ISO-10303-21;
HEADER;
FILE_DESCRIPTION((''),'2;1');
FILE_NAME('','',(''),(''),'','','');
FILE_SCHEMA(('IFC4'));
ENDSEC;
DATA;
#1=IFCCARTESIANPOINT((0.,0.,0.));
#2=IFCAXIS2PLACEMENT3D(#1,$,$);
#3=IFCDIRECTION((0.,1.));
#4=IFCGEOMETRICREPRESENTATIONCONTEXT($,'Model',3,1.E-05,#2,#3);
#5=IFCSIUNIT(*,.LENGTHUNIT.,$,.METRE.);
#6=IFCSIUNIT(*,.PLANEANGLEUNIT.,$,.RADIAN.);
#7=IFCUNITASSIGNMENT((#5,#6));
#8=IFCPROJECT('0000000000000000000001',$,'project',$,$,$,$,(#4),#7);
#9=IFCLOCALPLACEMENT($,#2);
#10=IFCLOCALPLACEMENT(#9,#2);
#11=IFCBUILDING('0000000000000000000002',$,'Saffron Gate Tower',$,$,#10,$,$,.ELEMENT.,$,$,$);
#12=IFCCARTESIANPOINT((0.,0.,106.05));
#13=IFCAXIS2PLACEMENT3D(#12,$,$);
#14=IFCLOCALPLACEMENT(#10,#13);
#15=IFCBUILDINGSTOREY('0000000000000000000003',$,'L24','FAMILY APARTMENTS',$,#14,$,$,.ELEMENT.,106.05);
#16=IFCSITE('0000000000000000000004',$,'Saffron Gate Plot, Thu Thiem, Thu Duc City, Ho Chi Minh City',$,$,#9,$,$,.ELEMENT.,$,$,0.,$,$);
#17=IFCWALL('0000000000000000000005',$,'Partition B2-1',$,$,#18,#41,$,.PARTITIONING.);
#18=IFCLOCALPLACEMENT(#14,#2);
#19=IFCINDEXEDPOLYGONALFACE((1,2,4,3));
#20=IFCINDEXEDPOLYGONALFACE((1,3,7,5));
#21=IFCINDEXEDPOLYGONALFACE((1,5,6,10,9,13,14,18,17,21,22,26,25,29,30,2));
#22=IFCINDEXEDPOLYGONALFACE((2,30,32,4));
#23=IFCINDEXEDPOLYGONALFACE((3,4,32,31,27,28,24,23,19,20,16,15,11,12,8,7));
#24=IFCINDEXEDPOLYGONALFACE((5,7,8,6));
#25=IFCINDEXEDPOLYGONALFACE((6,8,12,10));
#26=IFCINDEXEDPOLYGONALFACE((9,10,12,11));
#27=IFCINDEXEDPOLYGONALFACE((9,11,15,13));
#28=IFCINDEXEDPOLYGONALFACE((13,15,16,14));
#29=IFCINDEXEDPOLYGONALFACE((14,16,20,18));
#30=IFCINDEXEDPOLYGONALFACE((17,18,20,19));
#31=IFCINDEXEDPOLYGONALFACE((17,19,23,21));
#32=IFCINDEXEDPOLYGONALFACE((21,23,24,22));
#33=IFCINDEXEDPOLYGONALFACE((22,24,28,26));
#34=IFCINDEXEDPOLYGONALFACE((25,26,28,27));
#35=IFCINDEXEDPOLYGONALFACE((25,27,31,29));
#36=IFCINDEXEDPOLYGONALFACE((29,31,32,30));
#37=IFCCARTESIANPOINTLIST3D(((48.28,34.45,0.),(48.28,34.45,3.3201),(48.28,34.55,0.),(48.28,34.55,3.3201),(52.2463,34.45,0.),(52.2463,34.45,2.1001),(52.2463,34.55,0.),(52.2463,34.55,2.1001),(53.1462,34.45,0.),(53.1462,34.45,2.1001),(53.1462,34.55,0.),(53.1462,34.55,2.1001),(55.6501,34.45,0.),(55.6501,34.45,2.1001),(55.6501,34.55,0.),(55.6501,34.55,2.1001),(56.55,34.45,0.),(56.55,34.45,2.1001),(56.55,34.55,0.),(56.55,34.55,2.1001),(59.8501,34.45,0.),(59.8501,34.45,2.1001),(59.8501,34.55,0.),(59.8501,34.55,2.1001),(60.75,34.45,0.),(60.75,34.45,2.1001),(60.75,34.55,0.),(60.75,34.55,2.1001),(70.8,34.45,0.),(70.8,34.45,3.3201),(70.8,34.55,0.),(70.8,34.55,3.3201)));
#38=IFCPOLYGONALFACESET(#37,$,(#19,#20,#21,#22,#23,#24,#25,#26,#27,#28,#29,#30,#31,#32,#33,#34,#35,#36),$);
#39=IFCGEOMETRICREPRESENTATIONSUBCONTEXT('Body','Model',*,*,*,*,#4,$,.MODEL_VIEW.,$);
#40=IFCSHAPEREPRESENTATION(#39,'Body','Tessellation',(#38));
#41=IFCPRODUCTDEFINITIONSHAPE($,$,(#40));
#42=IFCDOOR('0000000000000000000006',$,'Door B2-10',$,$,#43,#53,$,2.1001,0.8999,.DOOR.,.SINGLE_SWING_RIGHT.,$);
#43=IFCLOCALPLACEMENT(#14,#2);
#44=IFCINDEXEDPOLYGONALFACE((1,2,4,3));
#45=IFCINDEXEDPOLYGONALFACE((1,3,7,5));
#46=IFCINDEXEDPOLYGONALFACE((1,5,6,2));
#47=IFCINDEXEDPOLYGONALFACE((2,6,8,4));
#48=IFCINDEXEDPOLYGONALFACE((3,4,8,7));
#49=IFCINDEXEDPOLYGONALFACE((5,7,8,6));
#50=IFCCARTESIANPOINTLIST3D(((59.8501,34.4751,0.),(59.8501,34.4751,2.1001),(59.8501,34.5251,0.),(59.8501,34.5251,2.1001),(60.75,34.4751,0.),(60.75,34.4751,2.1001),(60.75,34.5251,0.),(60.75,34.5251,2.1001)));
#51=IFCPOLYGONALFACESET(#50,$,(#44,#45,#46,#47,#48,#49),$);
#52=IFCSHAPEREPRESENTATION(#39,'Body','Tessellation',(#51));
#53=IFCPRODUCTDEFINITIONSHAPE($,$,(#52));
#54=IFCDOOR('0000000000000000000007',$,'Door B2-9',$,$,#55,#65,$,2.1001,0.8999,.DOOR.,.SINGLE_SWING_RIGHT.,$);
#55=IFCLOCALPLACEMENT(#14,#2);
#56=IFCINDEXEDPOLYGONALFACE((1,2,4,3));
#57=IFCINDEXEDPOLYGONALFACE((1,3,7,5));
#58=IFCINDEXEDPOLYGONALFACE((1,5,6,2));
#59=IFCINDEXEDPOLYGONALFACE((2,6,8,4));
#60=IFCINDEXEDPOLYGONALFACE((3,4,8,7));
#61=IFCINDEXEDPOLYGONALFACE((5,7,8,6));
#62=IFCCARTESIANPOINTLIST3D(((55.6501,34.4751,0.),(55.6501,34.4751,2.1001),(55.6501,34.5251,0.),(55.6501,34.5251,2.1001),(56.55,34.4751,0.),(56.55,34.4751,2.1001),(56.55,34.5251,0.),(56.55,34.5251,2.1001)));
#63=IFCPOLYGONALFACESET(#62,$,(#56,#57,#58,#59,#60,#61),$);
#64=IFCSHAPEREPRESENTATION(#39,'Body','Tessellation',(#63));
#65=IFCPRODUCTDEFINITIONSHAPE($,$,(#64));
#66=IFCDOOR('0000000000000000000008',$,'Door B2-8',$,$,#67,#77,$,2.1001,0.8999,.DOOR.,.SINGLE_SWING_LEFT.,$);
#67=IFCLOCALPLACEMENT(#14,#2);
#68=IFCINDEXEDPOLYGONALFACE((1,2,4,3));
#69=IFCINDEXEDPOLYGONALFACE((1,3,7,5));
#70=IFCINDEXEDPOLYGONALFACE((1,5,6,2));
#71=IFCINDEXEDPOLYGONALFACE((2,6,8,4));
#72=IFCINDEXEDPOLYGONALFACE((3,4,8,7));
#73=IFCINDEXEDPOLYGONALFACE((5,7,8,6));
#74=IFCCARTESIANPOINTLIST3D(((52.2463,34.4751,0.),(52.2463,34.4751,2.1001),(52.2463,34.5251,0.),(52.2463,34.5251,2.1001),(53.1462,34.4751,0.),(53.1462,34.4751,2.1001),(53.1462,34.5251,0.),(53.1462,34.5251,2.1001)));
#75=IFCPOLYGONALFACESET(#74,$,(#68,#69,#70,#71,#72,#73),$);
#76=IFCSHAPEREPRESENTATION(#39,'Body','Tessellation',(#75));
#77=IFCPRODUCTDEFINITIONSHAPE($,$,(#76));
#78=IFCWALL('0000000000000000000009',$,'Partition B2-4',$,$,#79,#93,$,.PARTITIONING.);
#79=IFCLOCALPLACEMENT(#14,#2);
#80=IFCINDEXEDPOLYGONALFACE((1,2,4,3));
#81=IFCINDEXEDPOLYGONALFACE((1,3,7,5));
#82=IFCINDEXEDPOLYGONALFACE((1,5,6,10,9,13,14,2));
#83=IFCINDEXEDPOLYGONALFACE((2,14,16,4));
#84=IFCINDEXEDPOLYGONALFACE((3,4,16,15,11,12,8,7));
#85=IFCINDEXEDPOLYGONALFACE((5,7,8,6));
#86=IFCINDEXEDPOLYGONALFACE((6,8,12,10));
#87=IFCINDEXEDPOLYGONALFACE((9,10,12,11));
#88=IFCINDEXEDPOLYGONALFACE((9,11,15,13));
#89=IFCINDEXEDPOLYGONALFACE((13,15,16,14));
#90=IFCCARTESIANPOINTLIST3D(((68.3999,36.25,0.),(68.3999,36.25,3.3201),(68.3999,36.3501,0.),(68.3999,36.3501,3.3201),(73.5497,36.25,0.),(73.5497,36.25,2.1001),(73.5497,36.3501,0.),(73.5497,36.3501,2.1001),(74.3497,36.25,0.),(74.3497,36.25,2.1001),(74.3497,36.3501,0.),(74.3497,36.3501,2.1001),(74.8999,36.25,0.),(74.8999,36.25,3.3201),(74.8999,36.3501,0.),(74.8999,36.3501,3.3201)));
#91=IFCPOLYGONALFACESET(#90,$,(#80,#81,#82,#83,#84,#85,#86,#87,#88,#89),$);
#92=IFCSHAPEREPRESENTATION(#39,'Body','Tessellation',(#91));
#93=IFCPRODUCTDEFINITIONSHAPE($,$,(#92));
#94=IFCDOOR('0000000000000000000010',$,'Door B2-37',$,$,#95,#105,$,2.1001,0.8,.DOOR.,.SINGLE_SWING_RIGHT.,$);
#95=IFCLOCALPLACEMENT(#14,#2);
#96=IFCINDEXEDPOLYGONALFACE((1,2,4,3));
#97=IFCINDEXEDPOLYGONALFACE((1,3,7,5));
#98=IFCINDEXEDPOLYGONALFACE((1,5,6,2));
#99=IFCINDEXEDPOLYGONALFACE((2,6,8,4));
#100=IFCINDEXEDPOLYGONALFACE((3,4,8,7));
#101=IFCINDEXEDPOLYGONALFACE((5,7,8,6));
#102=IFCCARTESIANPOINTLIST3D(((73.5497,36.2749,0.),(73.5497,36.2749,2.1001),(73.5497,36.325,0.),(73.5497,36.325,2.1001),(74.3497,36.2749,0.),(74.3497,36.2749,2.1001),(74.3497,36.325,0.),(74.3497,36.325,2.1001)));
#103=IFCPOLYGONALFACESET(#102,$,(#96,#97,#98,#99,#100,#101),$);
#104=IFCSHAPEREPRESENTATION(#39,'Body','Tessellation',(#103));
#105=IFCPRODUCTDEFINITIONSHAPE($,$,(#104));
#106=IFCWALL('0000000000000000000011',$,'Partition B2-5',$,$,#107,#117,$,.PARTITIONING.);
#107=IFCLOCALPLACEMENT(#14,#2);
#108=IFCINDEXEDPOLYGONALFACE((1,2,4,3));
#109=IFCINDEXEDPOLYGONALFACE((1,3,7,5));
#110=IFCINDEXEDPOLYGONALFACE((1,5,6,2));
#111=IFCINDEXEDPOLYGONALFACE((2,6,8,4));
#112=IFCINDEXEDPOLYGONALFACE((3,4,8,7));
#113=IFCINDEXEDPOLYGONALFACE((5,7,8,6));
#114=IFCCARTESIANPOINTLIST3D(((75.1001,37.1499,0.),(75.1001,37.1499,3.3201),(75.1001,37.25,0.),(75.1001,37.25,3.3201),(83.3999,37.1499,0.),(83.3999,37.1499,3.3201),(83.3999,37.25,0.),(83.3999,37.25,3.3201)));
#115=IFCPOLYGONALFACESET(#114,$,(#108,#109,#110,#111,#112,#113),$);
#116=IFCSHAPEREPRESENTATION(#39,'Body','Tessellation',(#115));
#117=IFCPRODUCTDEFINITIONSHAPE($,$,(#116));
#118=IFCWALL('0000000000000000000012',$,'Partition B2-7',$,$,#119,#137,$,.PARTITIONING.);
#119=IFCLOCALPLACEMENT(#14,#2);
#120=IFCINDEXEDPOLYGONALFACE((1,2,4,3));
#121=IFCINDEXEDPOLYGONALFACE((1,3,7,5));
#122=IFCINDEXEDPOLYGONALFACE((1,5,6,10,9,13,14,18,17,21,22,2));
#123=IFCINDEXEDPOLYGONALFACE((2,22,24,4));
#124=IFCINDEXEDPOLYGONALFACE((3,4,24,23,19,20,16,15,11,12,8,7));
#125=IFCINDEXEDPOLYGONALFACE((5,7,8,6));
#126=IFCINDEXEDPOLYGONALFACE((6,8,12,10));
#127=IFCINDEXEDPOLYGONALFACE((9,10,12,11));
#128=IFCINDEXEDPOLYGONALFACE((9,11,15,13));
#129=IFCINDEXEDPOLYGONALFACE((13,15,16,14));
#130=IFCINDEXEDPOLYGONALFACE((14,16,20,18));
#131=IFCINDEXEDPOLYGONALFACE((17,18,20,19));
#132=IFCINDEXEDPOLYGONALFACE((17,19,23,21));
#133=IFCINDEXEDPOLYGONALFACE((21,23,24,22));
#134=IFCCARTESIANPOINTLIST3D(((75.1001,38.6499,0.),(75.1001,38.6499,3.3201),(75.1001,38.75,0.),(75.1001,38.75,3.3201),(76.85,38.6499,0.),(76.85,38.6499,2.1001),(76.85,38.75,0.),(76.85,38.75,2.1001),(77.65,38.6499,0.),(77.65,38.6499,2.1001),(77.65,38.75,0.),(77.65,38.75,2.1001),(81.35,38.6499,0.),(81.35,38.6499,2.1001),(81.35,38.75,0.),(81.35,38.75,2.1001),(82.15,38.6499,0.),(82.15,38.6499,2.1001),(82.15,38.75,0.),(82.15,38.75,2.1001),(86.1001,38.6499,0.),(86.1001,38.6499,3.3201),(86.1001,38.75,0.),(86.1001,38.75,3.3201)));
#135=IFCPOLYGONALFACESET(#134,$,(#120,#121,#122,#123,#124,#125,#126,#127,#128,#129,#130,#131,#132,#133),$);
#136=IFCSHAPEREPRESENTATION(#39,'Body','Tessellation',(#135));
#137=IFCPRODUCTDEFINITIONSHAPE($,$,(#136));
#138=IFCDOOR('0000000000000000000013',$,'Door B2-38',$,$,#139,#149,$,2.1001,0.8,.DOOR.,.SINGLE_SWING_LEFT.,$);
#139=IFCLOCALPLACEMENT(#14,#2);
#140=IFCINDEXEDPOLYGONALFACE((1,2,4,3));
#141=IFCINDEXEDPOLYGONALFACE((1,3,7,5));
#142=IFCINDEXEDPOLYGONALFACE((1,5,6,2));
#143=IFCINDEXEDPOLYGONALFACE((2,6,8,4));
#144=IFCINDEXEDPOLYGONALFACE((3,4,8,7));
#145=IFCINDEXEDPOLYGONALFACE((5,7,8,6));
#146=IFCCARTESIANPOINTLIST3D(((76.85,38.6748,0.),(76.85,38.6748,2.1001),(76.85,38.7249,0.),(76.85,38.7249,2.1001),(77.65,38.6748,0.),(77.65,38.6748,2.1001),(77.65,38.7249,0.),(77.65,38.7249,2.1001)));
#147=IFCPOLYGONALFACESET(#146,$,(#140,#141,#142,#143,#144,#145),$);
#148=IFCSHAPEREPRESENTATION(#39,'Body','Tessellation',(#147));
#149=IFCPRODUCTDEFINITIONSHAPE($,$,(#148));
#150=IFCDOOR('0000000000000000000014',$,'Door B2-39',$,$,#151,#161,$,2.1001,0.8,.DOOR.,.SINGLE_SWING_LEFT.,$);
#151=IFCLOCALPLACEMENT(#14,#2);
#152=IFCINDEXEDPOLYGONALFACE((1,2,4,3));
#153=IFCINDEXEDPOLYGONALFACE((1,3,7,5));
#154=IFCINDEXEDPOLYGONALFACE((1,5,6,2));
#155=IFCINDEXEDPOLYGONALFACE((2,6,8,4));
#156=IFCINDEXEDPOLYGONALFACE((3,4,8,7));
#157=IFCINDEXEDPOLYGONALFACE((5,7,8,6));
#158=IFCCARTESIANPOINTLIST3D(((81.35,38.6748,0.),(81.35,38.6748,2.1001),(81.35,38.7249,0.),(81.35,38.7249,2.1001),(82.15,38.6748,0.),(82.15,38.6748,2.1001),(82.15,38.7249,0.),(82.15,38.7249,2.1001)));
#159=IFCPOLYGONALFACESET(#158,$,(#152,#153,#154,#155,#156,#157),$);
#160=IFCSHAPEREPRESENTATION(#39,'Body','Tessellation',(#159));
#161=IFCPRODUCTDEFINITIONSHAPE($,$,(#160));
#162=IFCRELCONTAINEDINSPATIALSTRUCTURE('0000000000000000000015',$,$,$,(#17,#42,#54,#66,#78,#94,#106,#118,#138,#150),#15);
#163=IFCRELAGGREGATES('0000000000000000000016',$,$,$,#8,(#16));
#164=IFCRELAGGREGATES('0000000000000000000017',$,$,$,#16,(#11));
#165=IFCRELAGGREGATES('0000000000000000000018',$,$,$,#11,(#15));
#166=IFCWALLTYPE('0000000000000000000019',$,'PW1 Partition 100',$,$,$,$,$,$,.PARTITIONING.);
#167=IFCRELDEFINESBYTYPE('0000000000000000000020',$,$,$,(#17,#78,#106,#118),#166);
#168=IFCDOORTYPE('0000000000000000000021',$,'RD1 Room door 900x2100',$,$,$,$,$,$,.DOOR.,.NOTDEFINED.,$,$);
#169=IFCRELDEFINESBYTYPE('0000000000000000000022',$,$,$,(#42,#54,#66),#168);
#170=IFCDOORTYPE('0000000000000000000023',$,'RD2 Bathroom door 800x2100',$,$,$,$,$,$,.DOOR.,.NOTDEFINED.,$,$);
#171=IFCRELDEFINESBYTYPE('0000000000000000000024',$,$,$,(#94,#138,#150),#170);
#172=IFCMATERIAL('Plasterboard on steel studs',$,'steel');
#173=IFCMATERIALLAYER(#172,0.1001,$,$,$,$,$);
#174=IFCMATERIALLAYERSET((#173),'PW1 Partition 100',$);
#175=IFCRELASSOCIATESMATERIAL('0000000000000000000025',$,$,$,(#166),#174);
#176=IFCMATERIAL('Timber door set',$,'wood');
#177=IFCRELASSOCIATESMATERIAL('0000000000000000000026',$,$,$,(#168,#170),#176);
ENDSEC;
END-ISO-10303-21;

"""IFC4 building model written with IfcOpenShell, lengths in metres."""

from ifc_helpers import new_model, si_unit, direction, frame, frame_2d, origin, place, context, subcontext, project, spatial, rectangle, extrude, material, layer, layer_set, type_object, element, fill, save


model = new_model("IFC4")

# Units and contexts
model_context = context("Model", 3, precision=1e-05, world=origin(), true_north=direction((0.0, 1.0)))
body_context = subcontext(model_context, "Body", "Model", "MODEL_VIEW")
ifc_project = project(units=[si_unit("LENGTHUNIT", "METRE"), si_unit("PLANEANGLEUNIT", "RADIAN")], contexts=[model_context])

# Site, building, storey
site_placement = place(None, origin())
site = spatial("IfcSite", under=ifc_project, at=site_placement, Name="Saffron Gate Plot, Thu Thiem, Thu Duc City, Ho Chi Minh City", CompositionType="ELEMENT", RefElevation=0.0)
building_placement = place(site_placement, origin())
building = spatial("IfcBuilding", under=site, at=building_placement, Name="Saffron Gate Tower", CompositionType="ELEMENT")
storey_placement = place(building_placement, frame((0.0, 0.0, 106.05)))
storey = spatial("IfcBuildingStorey", under=building, at=storey_placement, Name="L24", Description="FAMILY APARTMENTS", CompositionType="ELEMENT", Elevation=106.05)

# Wall, openings, doors
ifc_material_1 = material(Name="Plasterboard on steel studs", Category="steel")
ifc_layer_1 = layer(ifc_material_1, 0.1001)
ifc_layer_set_1 = layer_set([ifc_layer_1], Name="PW1 Partition 100")
wall_type_1 = type_object("IfcWallType", Name="PW1 Partition 100", PredefinedType="PARTITIONING", material=ifc_layer_set_1)
wall_1_placement = place(storey_placement, frame((70.8, 34.5, 0.0), z_axis=(0.0, 0.0, 1.0), x_axis=(-1.0, 0.0, 0.0)))
wall_1 = element("IfcWall", 1, at=wall_1_placement, inside=storey, type_object=wall_type_1, Name="Partition B2-1", PredefinedType="PARTITIONING", context=body_context, shape_type="SweptSolid", body=[
    extrude(rectangle(XDim=22.52, YDim=0.1001, at=frame_2d((11.26, 0.0))), origin(), (0.0, 0.0, 1.0), 3.3201),
])
opening_1_placement = place(wall_1_placement, frame((10.05, 0.0, 0.0)))
opening_1 = element("IfcOpeningElement", 2, at=opening_1_placement, cuts=wall_1, PredefinedType="OPENING", context=body_context, shape_type="SweptSolid", body=[
    extrude(rectangle(XDim=0.8999, YDim=2.1001, at=frame_2d((0.45, 1.05))), frame((0.0, 0.0601, 0.0), z_axis=(0.0, -1.0, 0.0), x_axis=(1.0, 0.0, 0.0)), (0.0, 0.0, 1.0), 0.1201),
])
opening_2_placement = place(wall_1_placement, frame((14.25, 0.0, 0.0)))
opening_2 = element("IfcOpeningElement", 3, at=opening_2_placement, cuts=wall_1, PredefinedType="OPENING", context=body_context, shape_type="SweptSolid", body=[
    extrude(rectangle(XDim=0.8999, YDim=2.1001, at=frame_2d((0.45, 1.05))), frame((0.0, 0.0601, 0.0), z_axis=(0.0, -1.0, 0.0), x_axis=(1.0, 0.0, 0.0)), (0.0, 0.0, 1.0), 0.1201),
])
opening_3_placement = place(wall_1_placement, frame((17.6538, 0.0, 0.0)))
opening_3 = element("IfcOpeningElement", 4, at=opening_3_placement, cuts=wall_1, PredefinedType="OPENING", context=body_context, shape_type="SweptSolid", body=[
    extrude(rectangle(XDim=0.8999, YDim=2.1001, at=frame_2d((0.45, 1.05))), frame((0.0, 0.0601, 0.0), z_axis=(0.0, -1.0, 0.0), x_axis=(1.0, 0.0, 0.0)), (0.0, 0.0, 1.0), 0.1201),
])
ifc_material_2 = material(Name="Timber door set", Category="wood")
door_type_1 = type_object("IfcDoorType", Name="RD1 Room door 900x2100", OperationType="NOTDEFINED", PredefinedType="DOOR", material=ifc_material_2)
door_1_placement = place(opening_1_placement, origin())
door_1 = element("IfcDoor", 5, at=door_1_placement, inside=storey, type_object=door_type_1, Name="Door B2-10", OperationType="SINGLE_SWING_RIGHT", OverallHeight=2.1001, OverallWidth=0.8999, PredefinedType="DOOR", context=body_context, shape_type="SweptSolid", body=[
    extrude(rectangle(XDim=0.8999, YDim=2.1001, at=frame_2d((0.45, 1.05))), frame((0.0, 0.0249, 0.0), z_axis=(0.0, -1.0, 0.0), x_axis=(1.0, 0.0, 0.0)), (0.0, 0.0, 1.0), 0.05),
])
fill(opening_1, door_1)
door_2_placement = place(opening_2_placement, origin())
door_2 = element("IfcDoor", 6, at=door_2_placement, inside=storey, type_object=door_type_1, Name="Door B2-9", OperationType="SINGLE_SWING_RIGHT", OverallHeight=2.1001, OverallWidth=0.8999, PredefinedType="DOOR", context=body_context, shape_type="SweptSolid", body=[
    extrude(rectangle(XDim=0.8999, YDim=2.1001, at=frame_2d((0.45, 1.05))), frame((0.0, 0.0249, 0.0), z_axis=(0.0, -1.0, 0.0), x_axis=(1.0, 0.0, 0.0)), (0.0, 0.0, 1.0), 0.05),
])
fill(opening_2, door_2)
door_3_placement = place(opening_3_placement, origin())
door_3 = element("IfcDoor", 7, at=door_3_placement, inside=storey, type_object=door_type_1, Name="Door B2-8", OperationType="SINGLE_SWING_LEFT", OverallHeight=2.1001, OverallWidth=0.8999, PredefinedType="DOOR", context=body_context, shape_type="SweptSolid", body=[
    extrude(rectangle(XDim=0.8999, YDim=2.1001, at=frame_2d((0.45, 1.05))), frame((0.0, 0.0249, 0.0), z_axis=(0.0, -1.0, 0.0), x_axis=(1.0, 0.0, 0.0)), (0.0, 0.0, 1.0), 0.05),
])
fill(opening_3, door_3)

# Wall, opening, door
wall_2_placement = place(storey_placement, frame((68.3999, 36.3, 0.0), z_axis=(0.0, 0.0, 1.0), x_axis=(1.0, 0.0, 0.0)))
wall_2 = element("IfcWall", 8, at=wall_2_placement, inside=storey, type_object=wall_type_1, Name="Partition B2-4", PredefinedType="PARTITIONING", context=body_context, shape_type="SweptSolid", body=[
    extrude(rectangle(XDim=6.5, YDim=0.1001, at=frame_2d((3.25, 0.0))), origin(), (0.0, 0.0, 1.0), 3.3201),
])
opening_4_placement = place(wall_2_placement, frame((5.1499, 0.0, 0.0)))
opening_4 = element("IfcOpeningElement", 9, at=opening_4_placement, cuts=wall_2, PredefinedType="OPENING", context=body_context, shape_type="SweptSolid", body=[
    extrude(rectangle(XDim=0.8, YDim=2.1001, at=frame_2d((0.3999, 1.05))), frame((0.0, 0.0601, 0.0), z_axis=(0.0, -1.0, 0.0), x_axis=(1.0, 0.0, 0.0)), (0.0, 0.0, 1.0), 0.1201),
])
door_type_2 = type_object("IfcDoorType", Name="RD2 Bathroom door 800x2100", OperationType="NOTDEFINED", PredefinedType="DOOR", material=ifc_material_2)
door_4_placement = place(opening_4_placement, origin())
door_4 = element("IfcDoor", 10, at=door_4_placement, inside=storey, type_object=door_type_2, Name="Door B2-37", OperationType="SINGLE_SWING_RIGHT", OverallHeight=2.1001, OverallWidth=0.8, PredefinedType="DOOR", context=body_context, shape_type="SweptSolid", body=[
    extrude(rectangle(XDim=0.8, YDim=2.1001, at=frame_2d((0.3999, 1.05))), frame((0.0, 0.0249, 0.0), z_axis=(0.0, -1.0, 0.0), x_axis=(1.0, 0.0, 0.0)), (0.0, 0.0, 1.0), 0.05),
])
fill(opening_4, door_4)

# Wall
wall_3_placement = place(storey_placement, frame((75.1001, 37.2, 0.0), z_axis=(0.0, 0.0, 1.0), x_axis=(1.0, 0.0, 0.0)))
element("IfcWall", 11, at=wall_3_placement, inside=storey, type_object=wall_type_1, Name="Partition B2-5", PredefinedType="PARTITIONING", context=body_context, shape_type="SweptSolid", body=[
    extrude(rectangle(XDim=8.2998, YDim=0.1001, at=frame_2d((4.1499, 0.0))), origin(), (0.0, 0.0, 1.0), 3.3201),
])

# Wall, openings, doors
wall_4_placement = place(storey_placement, frame((75.1001, 38.7, 0.0), z_axis=(0.0, 0.0, 1.0), x_axis=(1.0, 0.0, 0.0)))
wall_4 = element("IfcWall", 12, at=wall_4_placement, inside=storey, type_object=wall_type_1, Name="Partition B2-7", PredefinedType="PARTITIONING", context=body_context, shape_type="SweptSolid", body=[
    extrude(rectangle(XDim=11.0, YDim=0.1001, at=frame_2d((5.5, 0.0))), origin(), (0.0, 0.0, 1.0), 3.3201),
])
opening_5_placement = place(wall_4_placement, frame((1.75, 0.0, 0.0)))
opening_5 = element("IfcOpeningElement", 13, at=opening_5_placement, cuts=wall_4, PredefinedType="OPENING", context=body_context, shape_type="SweptSolid", body=[
    extrude(rectangle(XDim=0.8, YDim=2.1001, at=frame_2d((0.3999, 1.05))), frame((0.0, 0.0601, 0.0), z_axis=(0.0, -1.0, 0.0), x_axis=(1.0, 0.0, 0.0)), (0.0, 0.0, 1.0), 0.1201),
])
opening_6_placement = place(wall_4_placement, frame((6.25, 0.0, 0.0)))
opening_6 = element("IfcOpeningElement", 14, at=opening_6_placement, cuts=wall_4, PredefinedType="OPENING", context=body_context, shape_type="SweptSolid", body=[
    extrude(rectangle(XDim=0.8, YDim=2.1001, at=frame_2d((0.3999, 1.05))), frame((0.0, 0.0601, 0.0), z_axis=(0.0, -1.0, 0.0), x_axis=(1.0, 0.0, 0.0)), (0.0, 0.0, 1.0), 0.1201),
])
door_5_placement = place(opening_5_placement, origin())
door_5 = element("IfcDoor", 15, at=door_5_placement, inside=storey, type_object=door_type_2, Name="Door B2-38", OperationType="SINGLE_SWING_LEFT", OverallHeight=2.1001, OverallWidth=0.8, PredefinedType="DOOR", context=body_context, shape_type="SweptSolid", body=[
    extrude(rectangle(XDim=0.8, YDim=2.1001, at=frame_2d((0.3999, 1.05))), frame((0.0, 0.0249, 0.0), z_axis=(0.0, -1.0, 0.0), x_axis=(1.0, 0.0, 0.0)), (0.0, 0.0, 1.0), 0.05),
])
fill(opening_5, door_5)
door_6_placement = place(opening_6_placement, origin())
door_6 = element("IfcDoor", 16, at=door_6_placement, inside=storey, type_object=door_type_2, Name="Door B2-39", OperationType="SINGLE_SWING_LEFT", OverallHeight=2.1001, OverallWidth=0.8, PredefinedType="DOOR", context=body_context, shape_type="SweptSolid", body=[
    extrude(rectangle(XDim=0.8, YDim=2.1001, at=frame_2d((0.3999, 1.05))), frame((0.0, 0.0249, 0.0), z_axis=(0.0, -1.0, 0.0), x_axis=(1.0, 0.0, 0.0)), (0.0, 0.0, 1.0), 0.05),
])
fill(opening_6, door_6)

save(model, "model.ifc")
